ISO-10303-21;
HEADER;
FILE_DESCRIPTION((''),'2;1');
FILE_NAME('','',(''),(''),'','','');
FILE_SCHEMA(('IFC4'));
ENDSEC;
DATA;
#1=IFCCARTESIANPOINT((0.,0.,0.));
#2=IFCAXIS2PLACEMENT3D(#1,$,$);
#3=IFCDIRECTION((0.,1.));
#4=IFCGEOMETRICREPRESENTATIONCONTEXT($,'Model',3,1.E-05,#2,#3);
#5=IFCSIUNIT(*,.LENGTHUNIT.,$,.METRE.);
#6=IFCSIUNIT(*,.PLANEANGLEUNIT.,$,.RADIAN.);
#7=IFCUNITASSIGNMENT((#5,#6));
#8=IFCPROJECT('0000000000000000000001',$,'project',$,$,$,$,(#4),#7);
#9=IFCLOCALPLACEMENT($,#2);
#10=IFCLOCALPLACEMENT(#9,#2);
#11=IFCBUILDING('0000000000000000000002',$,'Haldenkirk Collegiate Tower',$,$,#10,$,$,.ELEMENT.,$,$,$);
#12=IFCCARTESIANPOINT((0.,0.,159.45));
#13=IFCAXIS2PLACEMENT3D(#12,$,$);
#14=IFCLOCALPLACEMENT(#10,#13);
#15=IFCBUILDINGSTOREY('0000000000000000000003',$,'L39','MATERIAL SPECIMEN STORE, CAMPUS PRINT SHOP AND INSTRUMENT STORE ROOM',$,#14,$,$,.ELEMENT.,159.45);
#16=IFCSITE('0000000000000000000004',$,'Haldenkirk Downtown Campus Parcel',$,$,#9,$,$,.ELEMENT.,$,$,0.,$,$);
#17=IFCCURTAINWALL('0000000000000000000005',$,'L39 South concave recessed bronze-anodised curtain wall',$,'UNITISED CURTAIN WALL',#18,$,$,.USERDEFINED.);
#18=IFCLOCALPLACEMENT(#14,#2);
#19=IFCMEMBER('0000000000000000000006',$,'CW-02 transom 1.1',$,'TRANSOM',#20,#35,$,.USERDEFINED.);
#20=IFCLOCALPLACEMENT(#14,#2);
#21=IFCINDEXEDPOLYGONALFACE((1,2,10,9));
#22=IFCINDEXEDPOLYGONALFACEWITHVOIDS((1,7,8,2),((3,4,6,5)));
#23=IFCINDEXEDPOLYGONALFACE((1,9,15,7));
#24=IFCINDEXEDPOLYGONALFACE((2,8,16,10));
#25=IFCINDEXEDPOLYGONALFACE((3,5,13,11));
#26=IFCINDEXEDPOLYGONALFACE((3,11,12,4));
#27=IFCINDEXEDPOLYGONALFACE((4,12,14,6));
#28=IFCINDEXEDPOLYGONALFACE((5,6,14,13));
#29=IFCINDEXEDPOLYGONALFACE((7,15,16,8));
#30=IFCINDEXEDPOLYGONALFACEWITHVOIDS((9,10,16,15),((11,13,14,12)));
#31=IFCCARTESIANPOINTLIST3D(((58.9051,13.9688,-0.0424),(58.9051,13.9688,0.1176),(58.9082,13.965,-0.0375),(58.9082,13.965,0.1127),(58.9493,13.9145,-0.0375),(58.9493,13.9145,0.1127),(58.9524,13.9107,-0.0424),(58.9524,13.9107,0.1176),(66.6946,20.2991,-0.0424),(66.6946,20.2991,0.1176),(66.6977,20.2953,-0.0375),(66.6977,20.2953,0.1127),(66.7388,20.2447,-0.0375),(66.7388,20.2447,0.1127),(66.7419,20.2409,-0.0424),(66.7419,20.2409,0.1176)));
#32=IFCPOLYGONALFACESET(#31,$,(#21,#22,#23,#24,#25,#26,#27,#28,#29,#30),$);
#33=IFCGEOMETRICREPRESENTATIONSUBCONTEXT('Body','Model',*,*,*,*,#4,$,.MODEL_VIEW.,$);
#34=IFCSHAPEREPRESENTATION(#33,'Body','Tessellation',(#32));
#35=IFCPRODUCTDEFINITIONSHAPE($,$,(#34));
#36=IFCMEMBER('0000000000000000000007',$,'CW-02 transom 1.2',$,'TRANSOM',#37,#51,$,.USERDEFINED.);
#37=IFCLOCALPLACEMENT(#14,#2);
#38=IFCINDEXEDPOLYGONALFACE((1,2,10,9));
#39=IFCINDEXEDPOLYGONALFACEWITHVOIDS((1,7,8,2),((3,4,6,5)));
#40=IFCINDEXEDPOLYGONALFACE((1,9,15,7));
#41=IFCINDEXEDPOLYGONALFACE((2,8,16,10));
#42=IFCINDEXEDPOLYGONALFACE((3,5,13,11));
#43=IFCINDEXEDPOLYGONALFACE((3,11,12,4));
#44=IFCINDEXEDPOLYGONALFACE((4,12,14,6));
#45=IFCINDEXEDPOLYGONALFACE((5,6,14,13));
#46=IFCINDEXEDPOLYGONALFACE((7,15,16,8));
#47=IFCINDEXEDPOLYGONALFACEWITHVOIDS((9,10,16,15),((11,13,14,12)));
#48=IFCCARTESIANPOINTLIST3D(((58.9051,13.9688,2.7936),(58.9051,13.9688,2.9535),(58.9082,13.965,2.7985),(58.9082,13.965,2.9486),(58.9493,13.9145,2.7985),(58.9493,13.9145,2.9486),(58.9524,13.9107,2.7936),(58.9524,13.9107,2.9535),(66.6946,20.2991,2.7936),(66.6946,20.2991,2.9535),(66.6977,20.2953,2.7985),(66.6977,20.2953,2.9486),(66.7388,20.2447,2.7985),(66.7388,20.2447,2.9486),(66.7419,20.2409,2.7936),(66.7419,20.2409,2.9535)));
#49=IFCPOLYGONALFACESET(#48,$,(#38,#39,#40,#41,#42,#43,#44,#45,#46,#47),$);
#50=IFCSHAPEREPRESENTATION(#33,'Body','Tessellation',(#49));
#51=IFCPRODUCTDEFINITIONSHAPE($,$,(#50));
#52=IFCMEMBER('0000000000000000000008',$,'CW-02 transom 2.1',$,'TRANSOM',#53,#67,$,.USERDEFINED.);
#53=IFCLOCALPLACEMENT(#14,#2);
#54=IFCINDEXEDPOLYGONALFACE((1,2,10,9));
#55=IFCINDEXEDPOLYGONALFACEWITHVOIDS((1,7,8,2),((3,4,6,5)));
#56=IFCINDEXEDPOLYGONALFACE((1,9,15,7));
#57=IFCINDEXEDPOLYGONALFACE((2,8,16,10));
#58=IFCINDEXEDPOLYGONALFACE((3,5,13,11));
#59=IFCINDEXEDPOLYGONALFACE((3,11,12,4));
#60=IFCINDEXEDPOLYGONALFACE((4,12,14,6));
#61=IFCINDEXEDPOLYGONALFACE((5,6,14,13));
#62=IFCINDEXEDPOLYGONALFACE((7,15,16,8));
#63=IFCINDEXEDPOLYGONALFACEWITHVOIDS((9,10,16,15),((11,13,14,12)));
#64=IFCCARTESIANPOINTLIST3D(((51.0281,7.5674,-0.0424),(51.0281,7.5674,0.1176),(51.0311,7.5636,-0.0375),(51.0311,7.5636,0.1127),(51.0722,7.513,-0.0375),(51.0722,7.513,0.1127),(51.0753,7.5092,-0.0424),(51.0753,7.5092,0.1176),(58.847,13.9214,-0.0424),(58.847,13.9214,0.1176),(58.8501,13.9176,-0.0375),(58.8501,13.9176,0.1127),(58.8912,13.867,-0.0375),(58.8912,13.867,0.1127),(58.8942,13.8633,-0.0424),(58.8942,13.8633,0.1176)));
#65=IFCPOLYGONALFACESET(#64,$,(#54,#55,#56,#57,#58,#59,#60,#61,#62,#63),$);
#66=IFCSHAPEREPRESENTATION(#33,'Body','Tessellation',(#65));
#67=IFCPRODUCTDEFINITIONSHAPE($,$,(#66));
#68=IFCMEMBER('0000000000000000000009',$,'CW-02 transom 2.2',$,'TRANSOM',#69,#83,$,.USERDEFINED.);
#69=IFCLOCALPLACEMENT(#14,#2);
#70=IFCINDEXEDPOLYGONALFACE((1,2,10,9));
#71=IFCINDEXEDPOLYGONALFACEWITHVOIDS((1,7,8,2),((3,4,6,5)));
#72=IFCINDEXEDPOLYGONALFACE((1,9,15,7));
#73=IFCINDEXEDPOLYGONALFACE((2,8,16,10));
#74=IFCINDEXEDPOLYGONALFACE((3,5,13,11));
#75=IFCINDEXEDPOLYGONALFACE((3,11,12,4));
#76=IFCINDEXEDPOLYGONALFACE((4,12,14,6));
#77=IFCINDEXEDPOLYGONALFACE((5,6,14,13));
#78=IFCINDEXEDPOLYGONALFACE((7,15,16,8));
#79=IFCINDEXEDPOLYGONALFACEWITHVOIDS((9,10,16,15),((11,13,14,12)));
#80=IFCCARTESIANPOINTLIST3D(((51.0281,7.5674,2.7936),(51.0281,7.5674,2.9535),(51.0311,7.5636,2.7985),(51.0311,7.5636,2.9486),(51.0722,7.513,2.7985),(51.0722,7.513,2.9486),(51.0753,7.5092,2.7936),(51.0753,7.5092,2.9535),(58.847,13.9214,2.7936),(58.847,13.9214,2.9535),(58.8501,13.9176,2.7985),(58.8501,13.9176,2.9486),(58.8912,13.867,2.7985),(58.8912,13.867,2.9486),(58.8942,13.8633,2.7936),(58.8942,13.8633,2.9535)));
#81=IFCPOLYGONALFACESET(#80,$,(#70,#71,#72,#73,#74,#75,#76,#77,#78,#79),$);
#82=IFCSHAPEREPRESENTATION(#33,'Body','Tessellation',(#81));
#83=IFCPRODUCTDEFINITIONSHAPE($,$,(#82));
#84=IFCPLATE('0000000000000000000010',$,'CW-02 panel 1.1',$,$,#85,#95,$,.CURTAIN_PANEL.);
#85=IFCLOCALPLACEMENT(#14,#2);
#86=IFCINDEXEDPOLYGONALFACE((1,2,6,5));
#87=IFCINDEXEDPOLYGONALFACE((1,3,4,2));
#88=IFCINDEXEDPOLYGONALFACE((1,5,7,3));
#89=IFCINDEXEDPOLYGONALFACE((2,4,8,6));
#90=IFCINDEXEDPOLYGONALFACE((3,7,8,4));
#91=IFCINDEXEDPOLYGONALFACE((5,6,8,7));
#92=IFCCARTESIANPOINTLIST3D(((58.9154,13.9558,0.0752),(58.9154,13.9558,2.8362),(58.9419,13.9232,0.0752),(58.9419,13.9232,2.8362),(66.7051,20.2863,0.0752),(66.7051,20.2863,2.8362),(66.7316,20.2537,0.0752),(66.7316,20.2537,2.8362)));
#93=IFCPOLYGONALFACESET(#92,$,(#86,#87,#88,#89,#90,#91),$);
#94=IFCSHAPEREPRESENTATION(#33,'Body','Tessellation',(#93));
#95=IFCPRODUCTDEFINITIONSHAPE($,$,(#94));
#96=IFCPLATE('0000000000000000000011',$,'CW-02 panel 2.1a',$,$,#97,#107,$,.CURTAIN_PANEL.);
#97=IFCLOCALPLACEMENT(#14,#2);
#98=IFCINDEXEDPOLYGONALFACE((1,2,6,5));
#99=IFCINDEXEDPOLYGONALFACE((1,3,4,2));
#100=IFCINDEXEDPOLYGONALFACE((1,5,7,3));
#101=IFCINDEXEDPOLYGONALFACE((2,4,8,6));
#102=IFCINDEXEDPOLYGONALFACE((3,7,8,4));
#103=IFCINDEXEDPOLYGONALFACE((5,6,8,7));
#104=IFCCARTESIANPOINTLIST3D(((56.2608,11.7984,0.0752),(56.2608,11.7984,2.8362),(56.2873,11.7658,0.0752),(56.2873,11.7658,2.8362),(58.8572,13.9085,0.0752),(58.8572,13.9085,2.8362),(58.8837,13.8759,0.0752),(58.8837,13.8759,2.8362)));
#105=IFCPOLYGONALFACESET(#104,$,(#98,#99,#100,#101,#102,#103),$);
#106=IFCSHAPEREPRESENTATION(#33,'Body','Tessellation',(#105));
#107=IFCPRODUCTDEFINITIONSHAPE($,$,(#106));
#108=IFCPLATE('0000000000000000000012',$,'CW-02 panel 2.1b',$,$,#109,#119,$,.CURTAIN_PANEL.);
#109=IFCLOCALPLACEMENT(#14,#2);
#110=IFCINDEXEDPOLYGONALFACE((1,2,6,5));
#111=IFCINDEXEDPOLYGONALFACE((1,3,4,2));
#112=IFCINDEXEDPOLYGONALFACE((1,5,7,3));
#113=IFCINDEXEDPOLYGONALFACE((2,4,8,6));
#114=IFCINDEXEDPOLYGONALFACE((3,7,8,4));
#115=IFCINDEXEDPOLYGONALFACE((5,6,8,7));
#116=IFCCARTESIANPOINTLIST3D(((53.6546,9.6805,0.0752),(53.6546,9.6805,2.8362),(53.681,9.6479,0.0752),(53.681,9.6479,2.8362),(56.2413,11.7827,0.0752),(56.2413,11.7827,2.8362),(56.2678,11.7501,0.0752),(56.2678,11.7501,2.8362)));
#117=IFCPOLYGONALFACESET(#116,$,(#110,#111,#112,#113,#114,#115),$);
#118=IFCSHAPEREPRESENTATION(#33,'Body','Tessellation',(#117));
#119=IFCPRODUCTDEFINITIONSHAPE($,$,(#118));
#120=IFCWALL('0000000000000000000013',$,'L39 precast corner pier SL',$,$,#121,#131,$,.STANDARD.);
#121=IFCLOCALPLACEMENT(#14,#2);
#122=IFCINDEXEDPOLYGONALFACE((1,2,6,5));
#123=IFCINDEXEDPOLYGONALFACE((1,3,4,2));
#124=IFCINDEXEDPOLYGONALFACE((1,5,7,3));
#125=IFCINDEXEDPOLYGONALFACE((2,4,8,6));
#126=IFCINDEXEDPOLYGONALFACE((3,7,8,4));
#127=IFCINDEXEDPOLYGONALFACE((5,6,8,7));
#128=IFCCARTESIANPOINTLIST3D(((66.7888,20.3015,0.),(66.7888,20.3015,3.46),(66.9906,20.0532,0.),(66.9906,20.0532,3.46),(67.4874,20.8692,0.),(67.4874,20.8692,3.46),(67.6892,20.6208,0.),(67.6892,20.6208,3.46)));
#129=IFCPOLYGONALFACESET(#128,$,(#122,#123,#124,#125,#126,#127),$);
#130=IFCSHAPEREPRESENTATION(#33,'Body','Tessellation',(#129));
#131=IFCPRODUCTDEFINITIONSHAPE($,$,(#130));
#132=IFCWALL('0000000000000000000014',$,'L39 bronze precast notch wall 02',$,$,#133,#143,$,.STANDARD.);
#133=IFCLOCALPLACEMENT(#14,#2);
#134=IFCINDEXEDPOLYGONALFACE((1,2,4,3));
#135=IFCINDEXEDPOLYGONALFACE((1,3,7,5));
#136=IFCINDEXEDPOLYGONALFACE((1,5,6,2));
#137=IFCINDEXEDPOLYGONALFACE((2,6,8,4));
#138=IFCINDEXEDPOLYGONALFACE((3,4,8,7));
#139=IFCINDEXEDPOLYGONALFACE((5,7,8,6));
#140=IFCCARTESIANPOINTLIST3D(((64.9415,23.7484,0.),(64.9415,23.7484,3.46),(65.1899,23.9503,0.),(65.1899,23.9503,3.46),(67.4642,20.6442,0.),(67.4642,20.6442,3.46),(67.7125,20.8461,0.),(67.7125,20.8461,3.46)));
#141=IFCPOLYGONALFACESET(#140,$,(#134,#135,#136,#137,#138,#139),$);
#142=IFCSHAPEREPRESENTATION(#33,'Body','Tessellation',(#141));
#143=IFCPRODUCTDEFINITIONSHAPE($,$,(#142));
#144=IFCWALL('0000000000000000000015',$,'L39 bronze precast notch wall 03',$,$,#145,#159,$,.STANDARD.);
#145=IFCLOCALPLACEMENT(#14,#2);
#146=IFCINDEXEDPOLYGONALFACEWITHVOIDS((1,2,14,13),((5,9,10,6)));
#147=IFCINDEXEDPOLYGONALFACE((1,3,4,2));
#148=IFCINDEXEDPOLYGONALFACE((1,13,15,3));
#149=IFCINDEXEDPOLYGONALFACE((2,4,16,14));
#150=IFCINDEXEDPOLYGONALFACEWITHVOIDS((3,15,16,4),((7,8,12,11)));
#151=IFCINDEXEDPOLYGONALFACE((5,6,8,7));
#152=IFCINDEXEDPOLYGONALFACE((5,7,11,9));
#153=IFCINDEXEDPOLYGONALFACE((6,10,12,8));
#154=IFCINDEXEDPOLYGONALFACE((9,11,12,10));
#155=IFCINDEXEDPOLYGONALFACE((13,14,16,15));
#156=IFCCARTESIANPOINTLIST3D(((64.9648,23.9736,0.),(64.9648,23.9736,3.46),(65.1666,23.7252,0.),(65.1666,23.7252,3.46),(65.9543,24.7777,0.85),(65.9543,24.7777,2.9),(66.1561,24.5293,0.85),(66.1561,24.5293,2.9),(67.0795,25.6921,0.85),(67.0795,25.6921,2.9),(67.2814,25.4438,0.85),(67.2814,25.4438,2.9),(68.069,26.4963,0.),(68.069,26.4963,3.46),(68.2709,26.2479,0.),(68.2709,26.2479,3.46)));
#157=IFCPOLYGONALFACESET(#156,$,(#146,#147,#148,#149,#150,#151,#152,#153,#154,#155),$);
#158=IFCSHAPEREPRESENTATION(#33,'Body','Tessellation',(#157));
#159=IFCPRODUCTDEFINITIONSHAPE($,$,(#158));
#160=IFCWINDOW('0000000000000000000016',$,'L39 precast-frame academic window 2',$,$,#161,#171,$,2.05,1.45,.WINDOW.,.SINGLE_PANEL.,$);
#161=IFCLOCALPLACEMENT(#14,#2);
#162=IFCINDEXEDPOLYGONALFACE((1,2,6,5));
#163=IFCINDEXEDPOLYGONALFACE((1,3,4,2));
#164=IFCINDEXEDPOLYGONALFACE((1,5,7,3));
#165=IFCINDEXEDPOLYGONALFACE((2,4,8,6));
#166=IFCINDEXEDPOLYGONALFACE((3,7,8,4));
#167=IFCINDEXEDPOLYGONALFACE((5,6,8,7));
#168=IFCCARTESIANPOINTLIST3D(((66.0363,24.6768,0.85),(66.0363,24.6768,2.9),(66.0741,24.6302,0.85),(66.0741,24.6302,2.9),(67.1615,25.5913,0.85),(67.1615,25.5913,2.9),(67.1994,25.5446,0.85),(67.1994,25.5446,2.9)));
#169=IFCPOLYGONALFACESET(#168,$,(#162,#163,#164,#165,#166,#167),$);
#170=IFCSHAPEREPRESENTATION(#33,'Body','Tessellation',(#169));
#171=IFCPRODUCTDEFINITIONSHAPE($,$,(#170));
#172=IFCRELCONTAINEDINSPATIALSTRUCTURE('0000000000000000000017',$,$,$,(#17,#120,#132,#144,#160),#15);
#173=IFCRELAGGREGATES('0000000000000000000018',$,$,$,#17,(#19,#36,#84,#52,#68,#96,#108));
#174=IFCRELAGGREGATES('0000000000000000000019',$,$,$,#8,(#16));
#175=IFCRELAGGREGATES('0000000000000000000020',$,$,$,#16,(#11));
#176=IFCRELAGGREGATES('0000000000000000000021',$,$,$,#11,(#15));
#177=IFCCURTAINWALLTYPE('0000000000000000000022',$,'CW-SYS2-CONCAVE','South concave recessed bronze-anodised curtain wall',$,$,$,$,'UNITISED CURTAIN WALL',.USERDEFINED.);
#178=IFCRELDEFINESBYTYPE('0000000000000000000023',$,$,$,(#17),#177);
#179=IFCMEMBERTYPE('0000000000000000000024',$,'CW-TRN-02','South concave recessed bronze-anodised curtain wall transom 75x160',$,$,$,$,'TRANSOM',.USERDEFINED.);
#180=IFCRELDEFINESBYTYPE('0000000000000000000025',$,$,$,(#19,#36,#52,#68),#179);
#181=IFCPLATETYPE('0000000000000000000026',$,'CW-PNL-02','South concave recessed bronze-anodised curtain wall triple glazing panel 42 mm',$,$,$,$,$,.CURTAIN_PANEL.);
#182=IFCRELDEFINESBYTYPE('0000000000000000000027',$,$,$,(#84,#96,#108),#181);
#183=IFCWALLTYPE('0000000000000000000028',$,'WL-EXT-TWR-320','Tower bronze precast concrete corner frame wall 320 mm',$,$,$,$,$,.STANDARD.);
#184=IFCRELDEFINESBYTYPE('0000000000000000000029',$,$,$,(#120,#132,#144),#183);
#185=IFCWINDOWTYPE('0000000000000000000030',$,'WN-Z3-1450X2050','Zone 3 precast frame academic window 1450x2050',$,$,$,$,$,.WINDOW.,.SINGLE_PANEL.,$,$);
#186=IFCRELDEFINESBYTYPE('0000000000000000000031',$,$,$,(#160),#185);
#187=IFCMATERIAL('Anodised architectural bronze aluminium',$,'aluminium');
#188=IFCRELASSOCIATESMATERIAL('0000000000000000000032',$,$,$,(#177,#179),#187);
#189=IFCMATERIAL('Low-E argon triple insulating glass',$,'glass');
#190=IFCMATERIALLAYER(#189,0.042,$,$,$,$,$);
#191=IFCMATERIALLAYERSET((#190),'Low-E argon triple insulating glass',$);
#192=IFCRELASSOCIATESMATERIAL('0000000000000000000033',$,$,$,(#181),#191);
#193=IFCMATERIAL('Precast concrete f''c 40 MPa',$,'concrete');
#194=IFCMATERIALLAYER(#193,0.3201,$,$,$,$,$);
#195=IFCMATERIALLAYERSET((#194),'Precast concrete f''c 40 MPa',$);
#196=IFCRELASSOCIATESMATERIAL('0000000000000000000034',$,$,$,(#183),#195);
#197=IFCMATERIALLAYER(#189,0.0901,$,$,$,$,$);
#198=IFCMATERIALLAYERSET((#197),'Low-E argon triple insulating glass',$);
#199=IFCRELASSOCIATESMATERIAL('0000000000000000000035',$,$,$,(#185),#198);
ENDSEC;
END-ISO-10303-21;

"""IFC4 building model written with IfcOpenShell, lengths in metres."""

from ifc_helpers import new_model, si_unit, direction, frame, frame_2d, origin, origin_2d, place, context, subcontext, project, spatial, rectangle, hollow_rectangle, extrude, source, transform, mapped, material, layer, layer_set, material_profile, profile_set, type_object, element, fill, aggregate, save


model = new_model("IFC4")

# Units and contexts
model_context = context("Model", 3, precision=1e-05, world=origin(), true_north=direction((0.0, 1.0)))
body_context = subcontext(model_context, "Body", "Model", "MODEL_VIEW")
ifc_project = project(units=[si_unit("LENGTHUNIT", "METRE"), si_unit("PLANEANGLEUNIT", "RADIAN")], contexts=[model_context])

# Site, building, storey
site_placement = place(None, origin())
site = spatial("IfcSite", under=ifc_project, at=site_placement, Name="Haldenkirk Downtown Campus Parcel", CompositionType="ELEMENT", RefElevation=0.0)
building_placement = place(site_placement, origin())
building = spatial("IfcBuilding", under=site, at=building_placement, Name="Haldenkirk Collegiate Tower", CompositionType="ELEMENT")
storey_placement = place(building_placement, frame((0.0, 0.0, 159.45)))
storey = spatial("IfcBuildingStorey", under=building, at=storey_placement, Name="L39", Description="MATERIAL SPECIMEN STORE, CAMPUS PRINT SHOP AND INSTRUMENT STORE ROOM", CompositionType="ELEMENT", Elevation=159.45)

# Curtain wall, members, plates
ifc_material_1 = material(Name="Anodised architectural bronze aluminium", Category="aluminium")
curtain_wall_type = type_object("IfcCurtainWallType", Name="CW-SYS2-CONCAVE", Description="South concave recessed bronze-anodised curtain wall", ElementType="UNITISED CURTAIN WALL", PredefinedType="USERDEFINED", material=ifc_material_1)
curtain_wall_placement = place(storey_placement, origin())
curtain_wall = element("IfcCurtainWall", 1, at=curtain_wall_placement, inside=storey, type_object=curtain_wall_type, Name="L39 South concave recessed bronze-anodised curtain wall", ObjectType="UNITISED CURTAIN WALL", PredefinedType="USERDEFINED")
ifc_material_profile_1 = material_profile(ifc_material_1, hollow_rectangle(XDim=0.075, YDim=0.1599, WallThickness=0.0049, at=origin_2d()), Name="CW-TRN-02")
ifc_profile_set_1 = profile_set([ifc_material_profile_1], Name="Anodised architectural bronze aluminium")
member_type_1 = type_object("IfcMemberType", Name="CW-TRN-02", Description="South concave recessed bronze-anodised curtain wall transom 75x160", ElementType="TRANSOM", PredefinedType="USERDEFINED", material=ifc_profile_set_1)
member_1_placement = place(storey_placement, frame((66.7183, 20.27, 0.0376), z_axis=(-0.77605, -0.630671, 0.0), x_axis=(0.630671, -0.77605, 0.0)))
member_1 = element("IfcMember", 2, at=member_1_placement, type_object=member_type_1, Name="CW-02 transom 1.1", ObjectType="TRANSOM", PredefinedType="USERDEFINED", context=body_context, shape_type="SweptSolid", body=[
    extrude(hollow_rectangle(XDim=0.075, YDim=0.1599, WallThickness=0.0049, at=origin_2d()), origin(), (0.0, 0.0, 1.0), 10.0374),
])
member_2_placement = place(storey_placement, frame((66.7183, 20.27, 2.8735), z_axis=(-0.77605, -0.630671, 0.0), x_axis=(0.630671, -0.77605, 0.0)))
member_2 = element("IfcMember", 3, at=member_2_placement, type_object=member_type_1, Name="CW-02 transom 1.2", ObjectType="TRANSOM", PredefinedType="USERDEFINED", context=body_context, shape_type="SweptSolid", body=[
    extrude(hollow_rectangle(XDim=0.075, YDim=0.1599, WallThickness=0.0049, at=origin_2d()), origin(), (0.0, 0.0, 1.0), 10.0374),
])
member_3_placement = place(storey_placement, frame((58.8706, 13.8923, 0.0376), z_axis=(-0.776056, -0.630664, 0.0), x_axis=(0.630664, -0.776056, 0.0)))
member_3 = element("IfcMember", 4, at=member_3_placement, type_object=member_type_1, Name="CW-02 transom 2.1", ObjectType="TRANSOM", PredefinedType="USERDEFINED", context=body_context, shape_type="SweptSolid", body=[
    extrude(hollow_rectangle(XDim=0.075, YDim=0.1599, WallThickness=0.0049, at=origin_2d()), origin(), (0.0, 0.0, 1.0), 10.0752),
])
member_4_placement = place(storey_placement, frame((58.8706, 13.8923, 2.8735), z_axis=(-0.776056, -0.630664, 0.0), x_axis=(0.630664, -0.776056, 0.0)))
member_4 = element("IfcMember", 5, at=member_4_placement, type_object=member_type_1, Name="CW-02 transom 2.2", ObjectType="TRANSOM", PredefinedType="USERDEFINED", context=body_context, shape_type="SweptSolid", body=[
    extrude(hollow_rectangle(XDim=0.075, YDim=0.1599, WallThickness=0.0049, at=origin_2d()), origin(), (0.0, 0.0, 1.0), 10.0752),
])
ifc_material_2 = material(Name="Low-E argon triple insulating glass", Category="glass")
ifc_layer_1 = layer(ifc_material_2, 0.042)
ifc_layer_set_1 = layer_set([ifc_layer_1], Name="Low-E argon triple insulating glass")
plate_type = type_object("IfcPlateType", Name="CW-PNL-02", Description="South concave recessed bronze-anodised curtain wall triple glazing panel 42 mm", PredefinedType="CURTAIN_PANEL", material=ifc_layer_set_1)
shared_shape_1 = source(origin(), body_context, "Body", "SweptSolid", [
    extrude(rectangle(XDim=10.0376, YDim=0.042, at=origin_2d()), origin(), (0.0, 0.0, 1.0), 2.761),
])
plate_1_placement = place(storey_placement, frame((62.8235, 17.1047, 0.0752), z_axis=(0.0, 0.0, 1.0), x_axis=(-0.776048, -0.630674, 0.0)))
plate_1 = element("IfcPlate", 6, at=plate_1_placement, type_object=plate_type, Name="CW-02 panel 1.1", PredefinedType="CURTAIN_PANEL", context=body_context, shape_type="MappedRepresentation", body=[
    mapped(shared_shape_1, transform((0.0, 0.0, 0.0), x_axis=(1.0, 0.0, 0.0), y_axis=(0.0, 1.0, 0.0), z_axis=(0.0, 0.0, 1.0), scale=1.0)),
])
shared_shape_2 = source(origin(), body_context, "Body", "SweptSolid", [
    extrude(rectangle(XDim=3.3457, YDim=0.042, at=origin_2d()), origin(), (0.0, 0.0, 1.0), 2.761),
])
plate_2_placement = place(storey_placement, frame((57.5723, 12.8372, 0.0752), z_axis=(0.0, 0.0, 1.0), x_axis=(-0.776048, -0.630674, 0.0)))
plate_2 = element("IfcPlate", 7, at=plate_2_placement, type_object=plate_type, Name="CW-02 panel 2.1a", PredefinedType="CURTAIN_PANEL", context=body_context, shape_type="MappedRepresentation", body=[
    mapped(shared_shape_2, transform((0.0, 0.0, 0.0), x_axis=(1.0, 0.0, 0.0), y_axis=(0.0, 1.0, 0.0), z_axis=(0.0, 0.0, 1.0), scale=1.0)),
])
shared_shape_3 = source(origin(), body_context, "Body", "SweptSolid", [
    extrude(rectangle(XDim=3.3333, YDim=0.042, at=origin_2d()), origin(), (0.0, 0.0, 1.0), 2.761),
])
plate_3_placement = place(storey_placement, frame((54.9612, 10.7153, 0.0752), z_axis=(0.0, 0.0, 1.0), x_axis=(-0.776048, -0.630674, 0.0)))
plate_3 = element("IfcPlate", 8, at=plate_3_placement, type_object=plate_type, Name="CW-02 panel 2.1b", PredefinedType="CURTAIN_PANEL", context=body_context, shape_type="MappedRepresentation", body=[
    mapped(shared_shape_3, transform((0.0, 0.0, 0.0), x_axis=(1.0, 0.0, 0.0), y_axis=(0.0, 1.0, 0.0), z_axis=(0.0, 0.0, 1.0), scale=1.0)),
])
aggregate(curtain_wall, [member_1, member_2, plate_1, member_3, member_4, plate_2, plate_3])

# Walls
ifc_material_3 = material(Name="Precast concrete f'c 40 MPa", Category="concrete")
ifc_layer_2 = layer(ifc_material_3, 0.3201)
ifc_layer_set_2 = layer_set([ifc_layer_2], Name="Precast concrete f'c 40 MPa")
wall_type = type_object("IfcWallType", Name="WL-EXT-TWR-320", Description="Tower bronze precast concrete corner frame wall 320 mm", PredefinedType="STANDARD", material=ifc_layer_set_2)
wall_1_placement = place(storey_placement, frame((67.5884, 20.7451, 0.0), z_axis=(0.0, 0.0, 1.0), x_axis=(-0.776056, -0.630664, 0.0)))
element("IfcWall", 9, at=wall_1_placement, inside=storey, type_object=wall_type, Name="L39 precast corner pier SL", PredefinedType="STANDARD", context=body_context, shape_type="SweptSolid", body=[
    extrude(rectangle(XDim=0.9001, YDim=0.3201, at=frame_2d((0.4502, 0.0))), origin(), (0.0, 0.0, 1.0), 3.46),
])
wall_2_placement = place(storey_placement, frame((65.0657, 23.8494, 0.0), z_axis=(0.0, 0.0, 1.0), x_axis=(0.630668, -0.776052, 0.0)))
element("IfcWall", 10, at=wall_2_placement, inside=storey, type_object=wall_type, Name="L39 bronze precast notch wall 02", PredefinedType="STANDARD", context=body_context, shape_type="SweptSolid", body=[
    extrude(rectangle(XDim=4.0, YDim=0.3201, at=frame_2d((2.0, 0.0))), origin(), (0.0, 0.0, 1.0), 3.46),
])

# Wall, opening, window
wall_3_placement = place(storey_placement, frame((68.1699, 26.3721, 0.0), z_axis=(0.0, 0.0, 1.0), x_axis=(-0.776052, -0.630668, 0.0)))
wall_3 = element("IfcWall", 11, at=wall_3_placement, inside=storey, type_object=wall_type, Name="L39 bronze precast notch wall 03", PredefinedType="STANDARD", context=body_context, shape_type="SweptSolid", body=[
    extrude(rectangle(XDim=4.0, YDim=0.3201, at=frame_2d((2.0, 0.0))), origin(), (0.0, 0.0, 1.0), 3.46),
])
opening_placement = place(wall_3_placement, frame((1.2749, 0.0, 0.8501)))
opening = element("IfcOpeningElement", 12, at=opening_placement, cuts=wall_3, PredefinedType="OPENING", context=body_context, shape_type="SweptSolid", body=[
    extrude(rectangle(XDim=1.45, YDim=2.05, at=frame_2d((0.7251, 1.0249))), frame((0.0, 0.1699, 0.0), z_axis=(0.0, -1.0, 0.0), x_axis=(1.0, 0.0, 0.0)), (0.0, 0.0, 1.0), 0.3401),
])
ifc_layer_3 = layer(ifc_material_2, 0.0901)
ifc_layer_set_3 = layer_set([ifc_layer_3], Name="Low-E argon triple insulating glass")
window_type = type_object("IfcWindowType", Name="WN-Z3-1450X2050", Description="Zone 3 precast frame academic window 1450x2050", PartitioningType="SINGLE_PANEL", PredefinedType="WINDOW", material=ifc_layer_set_3)
window_placement = place(opening_placement, origin())
window = element("IfcWindow", 13, at=window_placement, inside=storey, type_object=window_type, Name="L39 precast-frame academic window 2", OverallHeight=2.05, OverallWidth=1.45, PartitioningType="SINGLE_PANEL", PredefinedType="WINDOW", context=body_context, shape_type="SweptSolid", body=[
    extrude(rectangle(XDim=1.45, YDim=2.05, at=frame_2d((0.7251, 1.0249))), frame((0.0, 0.03, 0.0), z_axis=(0.0, -1.0, 0.0), x_axis=(1.0, 0.0, 0.0)), (0.0, 0.0, 1.0), 0.0601),
])
fill(opening, window)

save(model, "model.ifc")
